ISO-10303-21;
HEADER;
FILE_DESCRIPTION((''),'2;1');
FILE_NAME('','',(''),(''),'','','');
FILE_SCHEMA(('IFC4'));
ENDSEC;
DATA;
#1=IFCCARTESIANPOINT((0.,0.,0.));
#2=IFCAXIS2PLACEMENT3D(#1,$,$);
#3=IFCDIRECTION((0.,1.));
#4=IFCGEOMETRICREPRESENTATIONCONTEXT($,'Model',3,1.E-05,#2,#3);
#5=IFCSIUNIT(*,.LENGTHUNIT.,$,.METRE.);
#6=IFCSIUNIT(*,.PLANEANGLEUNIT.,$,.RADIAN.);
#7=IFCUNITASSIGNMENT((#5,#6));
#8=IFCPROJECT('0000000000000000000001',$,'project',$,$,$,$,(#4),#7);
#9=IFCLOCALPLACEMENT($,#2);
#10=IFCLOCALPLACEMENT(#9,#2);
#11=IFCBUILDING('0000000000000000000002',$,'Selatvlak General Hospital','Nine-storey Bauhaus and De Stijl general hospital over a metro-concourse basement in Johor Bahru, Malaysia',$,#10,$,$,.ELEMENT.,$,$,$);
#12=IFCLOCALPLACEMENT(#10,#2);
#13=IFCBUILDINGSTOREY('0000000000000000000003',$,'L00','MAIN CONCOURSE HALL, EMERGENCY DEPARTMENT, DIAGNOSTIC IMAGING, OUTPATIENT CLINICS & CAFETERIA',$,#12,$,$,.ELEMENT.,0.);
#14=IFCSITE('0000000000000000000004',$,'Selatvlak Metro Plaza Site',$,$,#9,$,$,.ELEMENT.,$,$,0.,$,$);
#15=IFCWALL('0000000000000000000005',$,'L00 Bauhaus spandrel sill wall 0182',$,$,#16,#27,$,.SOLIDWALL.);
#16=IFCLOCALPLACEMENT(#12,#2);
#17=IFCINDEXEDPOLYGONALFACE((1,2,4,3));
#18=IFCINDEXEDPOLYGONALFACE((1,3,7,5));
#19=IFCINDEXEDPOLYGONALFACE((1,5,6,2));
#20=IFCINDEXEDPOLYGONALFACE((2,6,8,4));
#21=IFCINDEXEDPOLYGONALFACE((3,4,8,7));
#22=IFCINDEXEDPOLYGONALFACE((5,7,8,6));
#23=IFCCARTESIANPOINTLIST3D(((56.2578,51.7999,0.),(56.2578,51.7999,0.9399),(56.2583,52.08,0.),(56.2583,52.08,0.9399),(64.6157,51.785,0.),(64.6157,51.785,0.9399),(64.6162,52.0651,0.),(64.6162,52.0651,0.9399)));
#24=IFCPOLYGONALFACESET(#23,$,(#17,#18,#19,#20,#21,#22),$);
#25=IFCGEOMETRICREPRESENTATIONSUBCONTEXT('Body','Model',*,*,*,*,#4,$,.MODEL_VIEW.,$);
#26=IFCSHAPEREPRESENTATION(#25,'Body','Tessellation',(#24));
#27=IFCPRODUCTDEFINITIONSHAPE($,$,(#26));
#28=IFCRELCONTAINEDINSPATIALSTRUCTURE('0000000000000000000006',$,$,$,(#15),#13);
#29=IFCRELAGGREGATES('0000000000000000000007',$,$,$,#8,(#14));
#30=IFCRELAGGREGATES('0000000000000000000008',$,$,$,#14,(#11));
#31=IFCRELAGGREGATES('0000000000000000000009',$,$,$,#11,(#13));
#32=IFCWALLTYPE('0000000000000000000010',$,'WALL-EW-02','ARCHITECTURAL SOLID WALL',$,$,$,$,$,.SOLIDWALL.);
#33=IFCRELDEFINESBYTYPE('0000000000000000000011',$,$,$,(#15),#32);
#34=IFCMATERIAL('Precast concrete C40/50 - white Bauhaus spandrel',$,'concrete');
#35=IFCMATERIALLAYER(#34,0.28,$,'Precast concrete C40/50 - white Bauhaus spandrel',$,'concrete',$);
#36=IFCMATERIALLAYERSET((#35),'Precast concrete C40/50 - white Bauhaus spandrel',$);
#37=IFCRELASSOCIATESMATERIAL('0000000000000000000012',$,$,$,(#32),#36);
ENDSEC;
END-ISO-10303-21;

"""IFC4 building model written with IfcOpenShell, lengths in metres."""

from ifc_helpers import new_model, si_unit, direction, frame, frame_2d, origin, place, context, subcontext, project, spatial, rectangle, extrude, material, layer, layer_set, type_object, element, save


model = new_model("IFC4")

# Units and contexts
model_context = context("Model", 3, precision=1e-05, world=origin(), true_north=direction((0.0, 1.0)))
body_context = subcontext(model_context, "Body", "Model", "MODEL_VIEW")
ifc_project = project(units=[si_unit("LENGTHUNIT", "METRE"), si_unit("PLANEANGLEUNIT", "RADIAN")], contexts=[model_context])

# Site, building, storey
site_placement = place(None, origin())
site = spatial("IfcSite", under=ifc_project, at=site_placement, Name="Selatvlak Metro Plaza Site", CompositionType="ELEMENT", RefElevation=0.0)
building_placement = place(site_placement, origin())
building = spatial("IfcBuilding", under=site, at=building_placement, Name="Selatvlak General Hospital", Description="Nine-storey Bauhaus and De Stijl general hospital over a metro-concourse basement in Johor Bahru, Malaysia", CompositionType="ELEMENT")
storey_placement = place(building_placement, origin())
storey = spatial("IfcBuildingStorey", under=building, at=storey_placement, Name="L00", Description="MAIN CONCOURSE HALL, EMERGENCY DEPARTMENT, DIAGNOSTIC IMAGING, OUTPATIENT CLINICS & CAFETERIA", CompositionType="ELEMENT", Elevation=0.0)

# Wall
ifc_material_1 = material(Name="Precast concrete C40/50 - white Bauhaus spandrel", Category="concrete")
ifc_layer_1 = layer(ifc_material_1, 0.28, Name="Precast concrete C40/50 - white Bauhaus spandrel", Category="concrete")
ifc_layer_set_1 = layer_set([ifc_layer_1], Name="Precast concrete C40/50 - white Bauhaus spandrel")
wall_type = type_object("IfcWallType", Name="WALL-EW-02", Description="ARCHITECTURAL SOLID WALL", PredefinedType="SOLIDWALL", material=ifc_layer_set_1)
wall_placement = place(storey_placement, frame((64.616, 51.925, 0.0), z_axis=(0.0, 0.0, 1.0), x_axis=(-0.999998, 0.001782, 0.0)))
element("IfcWall", 1, at=wall_placement, inside=storey, type_object=wall_type, Name="L00 Bauhaus spandrel sill wall 0182", PredefinedType="SOLIDWALL", context=body_context, shape_type="SweptSolid", body=[
    extrude(rectangle(XDim=8.3579, YDim=0.28, at=frame_2d((4.179, 0.0))), origin(), (0.0, 0.0, 1.0), 0.9399),
])

save(model, "model.ifc")
